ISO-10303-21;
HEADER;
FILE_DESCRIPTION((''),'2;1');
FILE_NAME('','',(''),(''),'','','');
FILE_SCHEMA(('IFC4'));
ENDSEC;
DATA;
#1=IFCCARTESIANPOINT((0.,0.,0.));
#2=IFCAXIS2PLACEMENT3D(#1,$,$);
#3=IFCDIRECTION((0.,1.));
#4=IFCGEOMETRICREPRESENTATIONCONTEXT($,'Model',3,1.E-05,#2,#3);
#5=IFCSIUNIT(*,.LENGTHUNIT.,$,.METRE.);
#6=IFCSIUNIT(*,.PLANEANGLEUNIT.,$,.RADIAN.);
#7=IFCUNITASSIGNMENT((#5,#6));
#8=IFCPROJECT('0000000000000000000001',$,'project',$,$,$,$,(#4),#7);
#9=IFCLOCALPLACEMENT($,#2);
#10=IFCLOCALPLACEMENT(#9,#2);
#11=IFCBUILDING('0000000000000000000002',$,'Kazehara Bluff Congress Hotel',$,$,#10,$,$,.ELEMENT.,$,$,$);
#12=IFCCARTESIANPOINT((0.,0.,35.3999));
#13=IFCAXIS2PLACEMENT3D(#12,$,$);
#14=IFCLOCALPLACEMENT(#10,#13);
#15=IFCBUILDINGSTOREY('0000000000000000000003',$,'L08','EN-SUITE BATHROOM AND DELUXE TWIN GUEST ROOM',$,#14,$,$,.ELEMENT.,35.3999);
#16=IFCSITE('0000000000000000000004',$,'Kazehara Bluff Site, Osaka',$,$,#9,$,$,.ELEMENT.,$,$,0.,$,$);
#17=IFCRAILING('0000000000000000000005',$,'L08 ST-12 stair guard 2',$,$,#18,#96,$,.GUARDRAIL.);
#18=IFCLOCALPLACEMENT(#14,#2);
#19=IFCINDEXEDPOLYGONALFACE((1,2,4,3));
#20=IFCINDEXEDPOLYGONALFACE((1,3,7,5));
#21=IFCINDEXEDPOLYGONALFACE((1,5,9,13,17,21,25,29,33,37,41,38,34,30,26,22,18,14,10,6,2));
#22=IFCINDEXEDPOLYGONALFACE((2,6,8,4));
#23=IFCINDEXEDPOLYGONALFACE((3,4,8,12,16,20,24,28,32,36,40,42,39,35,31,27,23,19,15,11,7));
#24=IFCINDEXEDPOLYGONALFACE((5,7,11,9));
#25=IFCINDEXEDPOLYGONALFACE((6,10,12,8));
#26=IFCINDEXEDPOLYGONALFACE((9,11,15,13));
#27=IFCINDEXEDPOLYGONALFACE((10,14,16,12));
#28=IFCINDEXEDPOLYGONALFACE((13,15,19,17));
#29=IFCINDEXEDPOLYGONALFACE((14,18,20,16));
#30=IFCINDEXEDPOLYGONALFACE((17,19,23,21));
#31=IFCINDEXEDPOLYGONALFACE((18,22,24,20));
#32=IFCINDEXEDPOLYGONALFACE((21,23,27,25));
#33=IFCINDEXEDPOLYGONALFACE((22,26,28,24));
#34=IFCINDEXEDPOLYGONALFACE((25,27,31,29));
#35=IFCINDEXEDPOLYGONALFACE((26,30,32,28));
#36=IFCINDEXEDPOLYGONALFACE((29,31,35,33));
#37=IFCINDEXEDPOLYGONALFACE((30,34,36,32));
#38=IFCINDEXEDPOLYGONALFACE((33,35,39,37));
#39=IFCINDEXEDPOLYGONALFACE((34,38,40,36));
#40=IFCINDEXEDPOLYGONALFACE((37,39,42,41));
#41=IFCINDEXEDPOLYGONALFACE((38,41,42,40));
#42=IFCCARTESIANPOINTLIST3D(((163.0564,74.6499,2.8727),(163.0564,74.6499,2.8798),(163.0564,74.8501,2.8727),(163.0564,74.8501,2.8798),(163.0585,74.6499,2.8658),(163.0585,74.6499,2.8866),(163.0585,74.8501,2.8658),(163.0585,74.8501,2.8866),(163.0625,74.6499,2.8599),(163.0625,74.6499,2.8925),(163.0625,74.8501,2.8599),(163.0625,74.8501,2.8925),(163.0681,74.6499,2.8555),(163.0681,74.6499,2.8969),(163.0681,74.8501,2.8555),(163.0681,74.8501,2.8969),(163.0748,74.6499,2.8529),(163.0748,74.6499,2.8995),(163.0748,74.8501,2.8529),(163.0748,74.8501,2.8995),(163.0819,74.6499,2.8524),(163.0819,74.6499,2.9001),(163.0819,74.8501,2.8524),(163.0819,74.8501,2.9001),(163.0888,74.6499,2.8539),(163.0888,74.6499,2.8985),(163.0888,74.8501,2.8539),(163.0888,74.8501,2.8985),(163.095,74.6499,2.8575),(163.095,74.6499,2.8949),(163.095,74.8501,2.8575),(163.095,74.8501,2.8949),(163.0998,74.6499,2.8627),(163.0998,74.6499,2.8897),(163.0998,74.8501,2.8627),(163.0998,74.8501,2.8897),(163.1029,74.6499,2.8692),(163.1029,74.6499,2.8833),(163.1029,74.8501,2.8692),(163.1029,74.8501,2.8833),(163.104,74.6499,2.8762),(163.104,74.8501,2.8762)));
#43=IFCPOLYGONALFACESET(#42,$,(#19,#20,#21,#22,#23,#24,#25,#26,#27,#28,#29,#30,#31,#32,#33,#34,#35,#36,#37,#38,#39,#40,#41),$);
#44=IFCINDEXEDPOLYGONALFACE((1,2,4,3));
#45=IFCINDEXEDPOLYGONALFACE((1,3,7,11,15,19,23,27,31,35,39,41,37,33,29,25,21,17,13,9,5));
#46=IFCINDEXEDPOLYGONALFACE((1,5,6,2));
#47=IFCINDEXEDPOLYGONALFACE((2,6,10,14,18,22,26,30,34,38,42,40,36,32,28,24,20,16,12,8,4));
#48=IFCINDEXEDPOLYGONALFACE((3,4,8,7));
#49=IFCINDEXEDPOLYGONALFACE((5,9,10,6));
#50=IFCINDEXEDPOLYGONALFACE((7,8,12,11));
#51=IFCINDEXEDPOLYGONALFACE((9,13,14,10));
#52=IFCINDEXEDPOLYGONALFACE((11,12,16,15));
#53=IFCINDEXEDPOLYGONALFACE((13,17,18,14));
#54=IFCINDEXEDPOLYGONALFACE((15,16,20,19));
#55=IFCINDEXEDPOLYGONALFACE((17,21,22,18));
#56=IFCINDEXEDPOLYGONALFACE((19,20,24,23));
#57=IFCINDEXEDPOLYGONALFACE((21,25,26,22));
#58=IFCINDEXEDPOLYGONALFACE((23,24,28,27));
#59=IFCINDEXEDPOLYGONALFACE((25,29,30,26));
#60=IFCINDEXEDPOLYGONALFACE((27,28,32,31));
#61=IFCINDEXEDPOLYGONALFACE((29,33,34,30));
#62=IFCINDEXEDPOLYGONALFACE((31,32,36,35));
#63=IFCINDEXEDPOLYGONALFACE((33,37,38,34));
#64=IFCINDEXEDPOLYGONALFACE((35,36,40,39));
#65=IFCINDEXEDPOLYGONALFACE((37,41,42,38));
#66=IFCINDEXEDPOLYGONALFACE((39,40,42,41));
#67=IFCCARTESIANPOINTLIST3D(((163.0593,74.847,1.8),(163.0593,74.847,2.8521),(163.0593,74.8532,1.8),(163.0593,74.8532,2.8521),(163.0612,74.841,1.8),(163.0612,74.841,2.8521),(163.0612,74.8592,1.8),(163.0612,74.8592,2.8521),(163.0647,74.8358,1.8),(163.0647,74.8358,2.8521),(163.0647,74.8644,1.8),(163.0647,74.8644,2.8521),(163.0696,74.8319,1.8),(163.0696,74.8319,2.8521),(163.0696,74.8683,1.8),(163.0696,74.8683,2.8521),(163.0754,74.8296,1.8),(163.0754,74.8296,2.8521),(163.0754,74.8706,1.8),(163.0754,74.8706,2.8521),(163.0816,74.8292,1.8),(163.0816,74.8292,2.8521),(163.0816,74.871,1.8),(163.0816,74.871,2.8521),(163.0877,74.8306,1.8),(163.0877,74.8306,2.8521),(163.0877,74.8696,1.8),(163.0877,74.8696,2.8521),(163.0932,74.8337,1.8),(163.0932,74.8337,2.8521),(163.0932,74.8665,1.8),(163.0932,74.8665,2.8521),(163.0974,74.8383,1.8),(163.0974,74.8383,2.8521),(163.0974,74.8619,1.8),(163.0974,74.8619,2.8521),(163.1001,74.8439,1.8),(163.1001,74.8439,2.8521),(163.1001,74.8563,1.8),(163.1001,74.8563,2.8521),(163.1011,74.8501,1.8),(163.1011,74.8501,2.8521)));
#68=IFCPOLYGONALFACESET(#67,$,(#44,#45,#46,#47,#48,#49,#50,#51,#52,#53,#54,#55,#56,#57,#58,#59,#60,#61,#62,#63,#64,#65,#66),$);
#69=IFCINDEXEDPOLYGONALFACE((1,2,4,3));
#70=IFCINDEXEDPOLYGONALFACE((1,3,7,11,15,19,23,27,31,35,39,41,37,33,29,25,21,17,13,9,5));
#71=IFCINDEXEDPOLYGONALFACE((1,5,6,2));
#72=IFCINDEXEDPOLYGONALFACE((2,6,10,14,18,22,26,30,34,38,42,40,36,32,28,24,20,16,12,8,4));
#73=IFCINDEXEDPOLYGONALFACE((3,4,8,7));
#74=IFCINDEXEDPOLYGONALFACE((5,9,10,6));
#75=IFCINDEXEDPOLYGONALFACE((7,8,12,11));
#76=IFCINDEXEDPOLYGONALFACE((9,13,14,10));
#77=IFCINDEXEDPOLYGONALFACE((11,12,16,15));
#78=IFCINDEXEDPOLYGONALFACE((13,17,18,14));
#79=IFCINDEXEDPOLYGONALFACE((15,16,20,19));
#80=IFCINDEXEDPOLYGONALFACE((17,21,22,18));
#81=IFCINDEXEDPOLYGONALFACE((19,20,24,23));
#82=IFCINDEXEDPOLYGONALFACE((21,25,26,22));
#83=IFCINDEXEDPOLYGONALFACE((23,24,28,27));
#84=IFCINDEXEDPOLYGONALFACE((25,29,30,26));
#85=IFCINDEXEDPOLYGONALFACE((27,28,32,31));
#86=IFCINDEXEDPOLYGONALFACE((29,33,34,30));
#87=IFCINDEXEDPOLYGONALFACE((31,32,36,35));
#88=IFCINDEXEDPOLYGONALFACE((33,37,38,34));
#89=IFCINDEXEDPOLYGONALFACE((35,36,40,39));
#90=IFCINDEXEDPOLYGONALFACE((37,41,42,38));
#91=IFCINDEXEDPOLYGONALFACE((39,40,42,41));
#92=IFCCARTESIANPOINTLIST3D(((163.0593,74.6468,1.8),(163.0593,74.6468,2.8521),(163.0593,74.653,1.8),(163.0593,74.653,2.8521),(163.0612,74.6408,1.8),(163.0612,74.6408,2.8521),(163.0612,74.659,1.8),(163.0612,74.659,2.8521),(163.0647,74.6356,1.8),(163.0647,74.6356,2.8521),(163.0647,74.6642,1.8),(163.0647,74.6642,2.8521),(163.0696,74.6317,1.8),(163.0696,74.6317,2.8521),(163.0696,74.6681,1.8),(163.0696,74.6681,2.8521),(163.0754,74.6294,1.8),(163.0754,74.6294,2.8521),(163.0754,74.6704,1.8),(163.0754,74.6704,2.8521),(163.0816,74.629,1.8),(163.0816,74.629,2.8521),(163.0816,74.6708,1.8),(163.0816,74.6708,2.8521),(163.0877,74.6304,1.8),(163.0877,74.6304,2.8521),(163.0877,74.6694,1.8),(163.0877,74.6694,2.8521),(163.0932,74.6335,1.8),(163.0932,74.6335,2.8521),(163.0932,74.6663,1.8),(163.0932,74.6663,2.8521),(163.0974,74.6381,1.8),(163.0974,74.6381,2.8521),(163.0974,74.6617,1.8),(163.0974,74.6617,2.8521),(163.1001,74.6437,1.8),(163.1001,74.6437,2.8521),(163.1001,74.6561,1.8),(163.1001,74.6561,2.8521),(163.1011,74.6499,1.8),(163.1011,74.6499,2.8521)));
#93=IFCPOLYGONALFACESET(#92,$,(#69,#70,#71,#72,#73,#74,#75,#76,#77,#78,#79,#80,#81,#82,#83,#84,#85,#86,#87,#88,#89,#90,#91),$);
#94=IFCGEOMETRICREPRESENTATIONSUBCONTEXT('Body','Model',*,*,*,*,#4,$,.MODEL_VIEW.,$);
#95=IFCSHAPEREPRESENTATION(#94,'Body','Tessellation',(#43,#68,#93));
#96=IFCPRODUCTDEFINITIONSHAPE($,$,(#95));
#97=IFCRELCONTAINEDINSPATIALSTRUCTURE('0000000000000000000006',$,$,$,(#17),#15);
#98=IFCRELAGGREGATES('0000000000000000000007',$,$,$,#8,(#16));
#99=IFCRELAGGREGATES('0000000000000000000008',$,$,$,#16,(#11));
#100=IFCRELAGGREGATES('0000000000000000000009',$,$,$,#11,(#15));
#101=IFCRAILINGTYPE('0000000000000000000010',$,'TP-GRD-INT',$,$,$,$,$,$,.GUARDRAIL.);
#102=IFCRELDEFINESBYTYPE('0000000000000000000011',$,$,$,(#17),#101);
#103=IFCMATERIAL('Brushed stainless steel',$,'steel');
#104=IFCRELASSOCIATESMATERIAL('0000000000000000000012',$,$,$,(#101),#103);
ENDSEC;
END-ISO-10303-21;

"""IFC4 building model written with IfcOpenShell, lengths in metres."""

from ifc_helpers import new_model, si_unit, direction, frame, origin, origin_2d, place, context, subcontext, project, spatial, circle, extrude, material, type_object, element, save


model = new_model("IFC4")

# Units and contexts
model_context = context("Model", 3, precision=1e-05, world=origin(), true_north=direction((0.0, 1.0)))
body_context = subcontext(model_context, "Body", "Model", "MODEL_VIEW")
ifc_project = project(units=[si_unit("LENGTHUNIT", "METRE"), si_unit("PLANEANGLEUNIT", "RADIAN")], contexts=[model_context])

# Site, building, storey
site_placement = place(None, origin())
site = spatial("IfcSite", under=ifc_project, at=site_placement, Name="Kazehara Bluff Site, Osaka", CompositionType="ELEMENT", RefElevation=0.0)
building_placement = place(site_placement, origin())
building = spatial("IfcBuilding", under=site, at=building_placement, Name="Kazehara Bluff Congress Hotel", CompositionType="ELEMENT")
storey_placement = place(building_placement, frame((0.0, 0.0, 35.3999)))
storey = spatial("IfcBuildingStorey", under=building, at=storey_placement, Name="L08", Description="EN-SUITE BATHROOM AND DELUXE TWIN GUEST ROOM", CompositionType="ELEMENT", Elevation=35.3999)

# Railing
ifc_material_1 = material(Name="Brushed stainless steel", Category="steel")
railing_type_1 = type_object("IfcRailingType", Name="TP-GRD-INT", PredefinedType="GUARDRAIL", material=ifc_material_1)
railing_1_placement = place(storey_placement, frame((163.0801, 74.8501, 1.8)))
element("IfcRailing", 1, at=railing_1_placement, inside=storey, type_object=railing_type_1, Name="L08 ST-12 stair guard 2", PredefinedType="GUARDRAIL", context=body_context, shape_type="SweptSolid", body=[
    extrude(circle(Radius=0.0239, at=origin_2d()), frame((0.0, 0.0, 1.0762), z_axis=(0.0, -1.0, 0.0), x_axis=(1.0, 0.0, 0.0)), (0.0, 0.0, 1.0), 0.2002),
    extrude(circle(Radius=0.021, at=origin_2d()), origin(), (0.0, 0.0, 1.0), 1.052),
    extrude(circle(Radius=0.021, at=origin_2d()), frame((0.0, -0.2002, 0.0)), (0.0, 0.0, 1.0), 1.052),
])

save(model, "model.ifc")
